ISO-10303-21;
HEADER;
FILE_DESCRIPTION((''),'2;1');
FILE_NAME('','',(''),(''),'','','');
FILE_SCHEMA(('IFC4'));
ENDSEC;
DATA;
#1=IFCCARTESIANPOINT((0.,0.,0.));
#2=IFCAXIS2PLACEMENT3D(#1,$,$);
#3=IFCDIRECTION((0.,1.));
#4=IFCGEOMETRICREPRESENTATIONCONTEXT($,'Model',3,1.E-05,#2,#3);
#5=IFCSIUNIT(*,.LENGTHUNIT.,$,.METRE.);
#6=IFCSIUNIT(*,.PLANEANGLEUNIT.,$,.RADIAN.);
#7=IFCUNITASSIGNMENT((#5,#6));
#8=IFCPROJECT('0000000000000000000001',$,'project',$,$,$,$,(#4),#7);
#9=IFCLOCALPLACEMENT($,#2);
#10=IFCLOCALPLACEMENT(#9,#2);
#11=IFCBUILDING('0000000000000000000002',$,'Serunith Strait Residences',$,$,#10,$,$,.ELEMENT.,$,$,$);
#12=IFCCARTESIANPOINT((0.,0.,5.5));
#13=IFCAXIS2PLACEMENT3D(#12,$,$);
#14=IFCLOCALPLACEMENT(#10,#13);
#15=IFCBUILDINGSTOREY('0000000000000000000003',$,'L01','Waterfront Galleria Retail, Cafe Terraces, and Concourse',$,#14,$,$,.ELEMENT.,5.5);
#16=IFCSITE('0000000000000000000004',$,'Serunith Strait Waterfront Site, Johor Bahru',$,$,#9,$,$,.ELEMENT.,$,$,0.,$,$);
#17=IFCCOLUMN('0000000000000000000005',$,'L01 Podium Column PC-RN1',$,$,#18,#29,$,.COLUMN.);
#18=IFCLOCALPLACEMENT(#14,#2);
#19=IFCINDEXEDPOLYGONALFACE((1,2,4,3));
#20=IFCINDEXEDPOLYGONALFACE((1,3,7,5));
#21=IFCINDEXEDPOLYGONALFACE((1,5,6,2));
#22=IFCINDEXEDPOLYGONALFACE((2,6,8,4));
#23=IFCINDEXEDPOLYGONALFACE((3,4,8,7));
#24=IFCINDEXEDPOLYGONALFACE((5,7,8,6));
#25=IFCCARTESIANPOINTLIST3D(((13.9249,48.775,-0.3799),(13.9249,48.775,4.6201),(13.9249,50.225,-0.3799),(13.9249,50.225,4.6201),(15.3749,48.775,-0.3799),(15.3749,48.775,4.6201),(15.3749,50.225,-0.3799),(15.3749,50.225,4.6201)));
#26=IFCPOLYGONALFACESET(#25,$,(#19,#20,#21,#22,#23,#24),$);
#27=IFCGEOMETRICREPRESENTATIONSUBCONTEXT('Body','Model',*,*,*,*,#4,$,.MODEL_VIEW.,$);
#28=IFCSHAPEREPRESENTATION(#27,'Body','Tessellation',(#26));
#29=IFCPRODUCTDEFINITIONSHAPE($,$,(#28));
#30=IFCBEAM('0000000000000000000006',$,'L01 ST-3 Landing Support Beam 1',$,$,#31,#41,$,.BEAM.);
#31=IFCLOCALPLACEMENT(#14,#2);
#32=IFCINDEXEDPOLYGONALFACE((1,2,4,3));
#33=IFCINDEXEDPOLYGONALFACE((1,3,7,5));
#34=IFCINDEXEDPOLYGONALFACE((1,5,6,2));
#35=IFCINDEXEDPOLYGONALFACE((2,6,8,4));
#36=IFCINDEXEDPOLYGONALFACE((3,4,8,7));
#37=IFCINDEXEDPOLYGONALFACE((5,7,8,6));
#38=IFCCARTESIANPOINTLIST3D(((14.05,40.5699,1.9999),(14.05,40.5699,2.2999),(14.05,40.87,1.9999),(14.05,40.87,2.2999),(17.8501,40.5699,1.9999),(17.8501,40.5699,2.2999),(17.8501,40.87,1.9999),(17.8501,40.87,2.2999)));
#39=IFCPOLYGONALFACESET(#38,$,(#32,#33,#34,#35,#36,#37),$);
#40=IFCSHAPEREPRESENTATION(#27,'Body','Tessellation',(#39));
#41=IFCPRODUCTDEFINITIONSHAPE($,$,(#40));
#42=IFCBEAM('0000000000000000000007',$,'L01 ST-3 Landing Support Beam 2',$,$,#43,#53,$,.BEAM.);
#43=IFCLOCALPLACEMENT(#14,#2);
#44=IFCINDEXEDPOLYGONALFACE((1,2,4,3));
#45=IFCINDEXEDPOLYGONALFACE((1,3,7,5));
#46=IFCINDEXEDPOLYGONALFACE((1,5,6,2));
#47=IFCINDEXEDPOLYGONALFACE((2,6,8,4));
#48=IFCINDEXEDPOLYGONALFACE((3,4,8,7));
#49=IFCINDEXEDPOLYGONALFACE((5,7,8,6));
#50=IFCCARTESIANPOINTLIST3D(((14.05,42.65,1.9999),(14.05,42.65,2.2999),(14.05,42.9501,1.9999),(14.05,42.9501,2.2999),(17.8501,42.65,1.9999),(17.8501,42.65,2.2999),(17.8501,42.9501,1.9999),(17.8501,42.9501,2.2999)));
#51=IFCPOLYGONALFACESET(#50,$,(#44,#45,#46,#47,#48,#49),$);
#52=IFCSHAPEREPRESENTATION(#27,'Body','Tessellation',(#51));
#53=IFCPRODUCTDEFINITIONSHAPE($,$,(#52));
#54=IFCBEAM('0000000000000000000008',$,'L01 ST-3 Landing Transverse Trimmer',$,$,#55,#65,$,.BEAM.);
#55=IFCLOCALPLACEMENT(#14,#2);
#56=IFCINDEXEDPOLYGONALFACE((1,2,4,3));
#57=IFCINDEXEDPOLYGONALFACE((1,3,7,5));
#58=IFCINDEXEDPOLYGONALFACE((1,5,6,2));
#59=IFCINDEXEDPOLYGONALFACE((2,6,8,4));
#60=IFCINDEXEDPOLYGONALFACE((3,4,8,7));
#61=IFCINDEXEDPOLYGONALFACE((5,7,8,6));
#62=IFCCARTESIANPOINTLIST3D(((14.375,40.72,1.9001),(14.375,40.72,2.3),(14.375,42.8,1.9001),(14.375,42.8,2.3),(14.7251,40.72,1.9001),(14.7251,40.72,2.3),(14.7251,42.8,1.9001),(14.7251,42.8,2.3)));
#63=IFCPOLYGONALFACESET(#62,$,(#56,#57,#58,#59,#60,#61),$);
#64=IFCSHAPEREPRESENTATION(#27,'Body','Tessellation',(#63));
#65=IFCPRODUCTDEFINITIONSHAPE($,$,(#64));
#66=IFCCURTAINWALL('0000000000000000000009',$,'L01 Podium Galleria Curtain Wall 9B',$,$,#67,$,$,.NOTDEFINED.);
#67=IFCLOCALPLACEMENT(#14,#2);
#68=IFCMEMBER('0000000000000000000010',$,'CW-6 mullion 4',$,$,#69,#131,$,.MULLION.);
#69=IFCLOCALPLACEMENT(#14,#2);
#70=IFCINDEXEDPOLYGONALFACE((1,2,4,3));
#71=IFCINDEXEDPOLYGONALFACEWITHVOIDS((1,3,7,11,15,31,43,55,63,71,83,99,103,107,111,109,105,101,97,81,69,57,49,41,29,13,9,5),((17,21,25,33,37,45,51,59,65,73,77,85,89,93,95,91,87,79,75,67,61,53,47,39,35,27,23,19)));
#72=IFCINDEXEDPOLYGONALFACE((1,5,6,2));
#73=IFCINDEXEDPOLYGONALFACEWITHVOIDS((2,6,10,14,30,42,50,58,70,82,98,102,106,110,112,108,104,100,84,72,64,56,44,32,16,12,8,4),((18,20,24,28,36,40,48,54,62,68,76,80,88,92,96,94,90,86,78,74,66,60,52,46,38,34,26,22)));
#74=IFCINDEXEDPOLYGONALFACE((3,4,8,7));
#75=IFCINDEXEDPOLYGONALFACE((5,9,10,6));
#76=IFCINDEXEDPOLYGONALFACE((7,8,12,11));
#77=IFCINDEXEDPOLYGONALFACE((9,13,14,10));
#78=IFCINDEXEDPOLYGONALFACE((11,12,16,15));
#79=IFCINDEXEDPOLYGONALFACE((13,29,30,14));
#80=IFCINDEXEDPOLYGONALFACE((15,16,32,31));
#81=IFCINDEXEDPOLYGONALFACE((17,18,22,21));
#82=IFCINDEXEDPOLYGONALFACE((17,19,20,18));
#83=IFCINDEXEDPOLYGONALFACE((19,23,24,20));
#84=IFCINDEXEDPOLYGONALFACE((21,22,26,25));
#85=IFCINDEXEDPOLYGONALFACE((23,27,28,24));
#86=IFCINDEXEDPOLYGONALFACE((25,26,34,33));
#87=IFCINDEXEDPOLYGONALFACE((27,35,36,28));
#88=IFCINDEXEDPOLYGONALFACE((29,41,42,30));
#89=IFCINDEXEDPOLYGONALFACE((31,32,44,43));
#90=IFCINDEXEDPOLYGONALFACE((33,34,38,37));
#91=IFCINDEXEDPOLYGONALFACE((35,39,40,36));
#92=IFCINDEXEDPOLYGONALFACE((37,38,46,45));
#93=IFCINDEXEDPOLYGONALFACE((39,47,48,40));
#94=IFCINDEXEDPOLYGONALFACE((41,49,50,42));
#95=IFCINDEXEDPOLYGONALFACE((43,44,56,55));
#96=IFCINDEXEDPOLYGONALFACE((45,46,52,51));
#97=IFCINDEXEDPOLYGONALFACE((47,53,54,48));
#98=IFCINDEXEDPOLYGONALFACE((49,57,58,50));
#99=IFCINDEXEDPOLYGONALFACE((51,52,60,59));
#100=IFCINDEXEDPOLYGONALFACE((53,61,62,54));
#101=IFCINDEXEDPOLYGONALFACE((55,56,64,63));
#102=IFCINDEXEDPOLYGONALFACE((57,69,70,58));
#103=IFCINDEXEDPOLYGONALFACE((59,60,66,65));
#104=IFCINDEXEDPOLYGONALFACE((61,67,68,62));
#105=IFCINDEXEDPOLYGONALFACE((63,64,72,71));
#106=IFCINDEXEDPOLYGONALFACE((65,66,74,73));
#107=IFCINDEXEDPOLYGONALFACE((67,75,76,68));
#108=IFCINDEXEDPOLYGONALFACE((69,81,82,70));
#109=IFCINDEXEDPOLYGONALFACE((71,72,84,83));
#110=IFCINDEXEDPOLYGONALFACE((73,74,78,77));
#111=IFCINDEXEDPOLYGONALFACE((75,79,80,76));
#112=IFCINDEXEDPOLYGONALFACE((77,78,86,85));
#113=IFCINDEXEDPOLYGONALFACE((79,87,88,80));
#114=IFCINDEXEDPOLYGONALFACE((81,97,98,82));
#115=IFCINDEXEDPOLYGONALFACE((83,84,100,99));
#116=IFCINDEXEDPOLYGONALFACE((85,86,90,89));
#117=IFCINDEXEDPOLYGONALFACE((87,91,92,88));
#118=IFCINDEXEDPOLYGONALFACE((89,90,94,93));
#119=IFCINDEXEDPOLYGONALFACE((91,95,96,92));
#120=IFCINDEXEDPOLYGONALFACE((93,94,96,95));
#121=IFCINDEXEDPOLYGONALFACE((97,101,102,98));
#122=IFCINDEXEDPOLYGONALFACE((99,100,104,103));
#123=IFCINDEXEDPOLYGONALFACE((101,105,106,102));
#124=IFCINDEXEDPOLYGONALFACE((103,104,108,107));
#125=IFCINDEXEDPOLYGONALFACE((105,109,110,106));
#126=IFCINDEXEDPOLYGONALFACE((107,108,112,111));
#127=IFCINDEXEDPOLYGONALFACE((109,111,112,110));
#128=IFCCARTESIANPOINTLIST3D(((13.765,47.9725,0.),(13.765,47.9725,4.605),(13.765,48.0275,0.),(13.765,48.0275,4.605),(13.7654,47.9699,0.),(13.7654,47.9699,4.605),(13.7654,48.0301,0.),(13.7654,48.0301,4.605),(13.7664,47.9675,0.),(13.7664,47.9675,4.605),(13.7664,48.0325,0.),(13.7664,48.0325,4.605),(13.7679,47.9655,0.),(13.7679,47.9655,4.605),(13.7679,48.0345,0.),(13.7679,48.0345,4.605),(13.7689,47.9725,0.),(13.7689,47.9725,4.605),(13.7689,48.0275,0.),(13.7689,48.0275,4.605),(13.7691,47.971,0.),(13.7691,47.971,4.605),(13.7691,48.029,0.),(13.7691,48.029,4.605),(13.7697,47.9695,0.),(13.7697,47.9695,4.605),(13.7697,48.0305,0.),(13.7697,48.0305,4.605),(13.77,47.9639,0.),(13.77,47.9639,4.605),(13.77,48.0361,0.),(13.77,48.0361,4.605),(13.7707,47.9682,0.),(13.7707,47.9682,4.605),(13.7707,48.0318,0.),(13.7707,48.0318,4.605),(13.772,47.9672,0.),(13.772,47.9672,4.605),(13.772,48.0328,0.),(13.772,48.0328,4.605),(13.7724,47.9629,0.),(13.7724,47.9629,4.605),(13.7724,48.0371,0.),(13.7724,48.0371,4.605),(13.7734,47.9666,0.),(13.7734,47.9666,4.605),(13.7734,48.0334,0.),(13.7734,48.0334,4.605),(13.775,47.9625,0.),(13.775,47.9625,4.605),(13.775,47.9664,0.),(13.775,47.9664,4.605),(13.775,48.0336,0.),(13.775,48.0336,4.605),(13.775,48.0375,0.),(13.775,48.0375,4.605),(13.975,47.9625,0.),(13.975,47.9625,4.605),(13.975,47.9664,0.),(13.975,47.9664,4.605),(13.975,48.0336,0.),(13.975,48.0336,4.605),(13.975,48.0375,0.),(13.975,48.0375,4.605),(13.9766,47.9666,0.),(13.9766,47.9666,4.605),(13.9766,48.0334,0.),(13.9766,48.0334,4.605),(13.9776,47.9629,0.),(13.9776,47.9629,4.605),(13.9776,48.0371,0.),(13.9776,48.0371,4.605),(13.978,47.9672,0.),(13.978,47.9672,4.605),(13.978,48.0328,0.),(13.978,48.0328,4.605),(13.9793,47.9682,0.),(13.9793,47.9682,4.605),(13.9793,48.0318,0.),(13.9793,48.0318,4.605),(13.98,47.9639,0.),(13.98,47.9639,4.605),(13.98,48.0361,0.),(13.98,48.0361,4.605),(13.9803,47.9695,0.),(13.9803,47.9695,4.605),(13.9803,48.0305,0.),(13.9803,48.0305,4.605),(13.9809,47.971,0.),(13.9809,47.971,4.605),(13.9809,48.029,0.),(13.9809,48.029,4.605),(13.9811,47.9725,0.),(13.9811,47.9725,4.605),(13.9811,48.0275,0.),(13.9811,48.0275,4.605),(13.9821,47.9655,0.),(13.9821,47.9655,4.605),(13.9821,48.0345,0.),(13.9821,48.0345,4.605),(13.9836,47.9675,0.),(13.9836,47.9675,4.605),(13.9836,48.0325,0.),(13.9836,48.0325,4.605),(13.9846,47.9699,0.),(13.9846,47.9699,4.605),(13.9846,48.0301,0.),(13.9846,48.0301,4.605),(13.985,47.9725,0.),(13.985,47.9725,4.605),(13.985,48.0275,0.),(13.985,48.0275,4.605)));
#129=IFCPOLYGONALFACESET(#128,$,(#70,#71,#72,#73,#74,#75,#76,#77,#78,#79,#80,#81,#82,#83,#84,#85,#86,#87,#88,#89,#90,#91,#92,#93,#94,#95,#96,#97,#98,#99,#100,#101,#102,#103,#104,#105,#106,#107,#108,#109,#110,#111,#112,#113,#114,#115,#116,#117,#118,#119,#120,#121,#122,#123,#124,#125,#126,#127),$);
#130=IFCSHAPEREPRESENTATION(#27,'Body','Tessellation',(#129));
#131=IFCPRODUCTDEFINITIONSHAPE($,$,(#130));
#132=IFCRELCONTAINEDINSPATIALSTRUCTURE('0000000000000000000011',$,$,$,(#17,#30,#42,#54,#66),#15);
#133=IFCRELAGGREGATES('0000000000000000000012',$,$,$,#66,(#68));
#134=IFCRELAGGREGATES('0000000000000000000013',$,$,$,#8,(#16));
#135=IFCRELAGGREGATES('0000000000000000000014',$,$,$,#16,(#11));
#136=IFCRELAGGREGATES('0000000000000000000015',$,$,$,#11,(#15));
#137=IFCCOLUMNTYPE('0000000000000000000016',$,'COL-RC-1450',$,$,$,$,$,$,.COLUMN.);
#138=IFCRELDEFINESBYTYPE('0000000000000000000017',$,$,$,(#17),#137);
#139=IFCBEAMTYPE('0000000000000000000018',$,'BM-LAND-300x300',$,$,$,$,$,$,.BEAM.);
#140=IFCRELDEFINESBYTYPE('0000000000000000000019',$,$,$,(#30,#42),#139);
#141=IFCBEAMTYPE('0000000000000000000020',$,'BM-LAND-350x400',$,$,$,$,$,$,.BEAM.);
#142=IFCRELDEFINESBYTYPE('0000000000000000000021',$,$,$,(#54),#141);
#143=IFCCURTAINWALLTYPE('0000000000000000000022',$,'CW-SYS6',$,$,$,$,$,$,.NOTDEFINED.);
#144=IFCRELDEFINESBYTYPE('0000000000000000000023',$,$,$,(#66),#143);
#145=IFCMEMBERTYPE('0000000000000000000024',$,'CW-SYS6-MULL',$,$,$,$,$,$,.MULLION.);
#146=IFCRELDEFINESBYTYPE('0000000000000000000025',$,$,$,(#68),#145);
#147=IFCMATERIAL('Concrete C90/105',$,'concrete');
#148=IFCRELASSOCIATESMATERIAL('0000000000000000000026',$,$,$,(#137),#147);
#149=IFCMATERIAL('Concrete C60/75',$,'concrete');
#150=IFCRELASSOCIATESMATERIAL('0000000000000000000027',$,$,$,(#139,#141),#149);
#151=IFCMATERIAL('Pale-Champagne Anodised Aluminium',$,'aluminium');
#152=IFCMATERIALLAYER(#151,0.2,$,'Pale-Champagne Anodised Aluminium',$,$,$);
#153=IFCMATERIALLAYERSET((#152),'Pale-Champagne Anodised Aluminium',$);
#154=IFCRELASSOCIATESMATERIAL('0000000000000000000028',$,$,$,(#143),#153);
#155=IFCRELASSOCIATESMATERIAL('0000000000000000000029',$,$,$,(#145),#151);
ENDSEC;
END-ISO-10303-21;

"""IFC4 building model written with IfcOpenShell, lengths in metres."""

from ifc_helpers import new_model, si_unit, direction, frame, origin, origin_2d, place, context, subcontext, project, spatial, rectangle, hollow_rectangle, extrude, source, transform, mapped, material, layer, layer_set, material_profile, profile_set, type_object, element, aggregate, save


model = new_model("IFC4")

# Units and contexts
model_context = context("Model", 3, precision=1e-05, world=origin(), true_north=direction((0.0, 1.0)))
body_context = subcontext(model_context, "Body", "Model", "MODEL_VIEW")
ifc_project = project(units=[si_unit("LENGTHUNIT", "METRE"), si_unit("PLANEANGLEUNIT", "RADIAN")], contexts=[model_context])

# Site, building, storey
site_placement = place(None, origin())
site = spatial("IfcSite", under=ifc_project, at=site_placement, Name="Serunith Strait Waterfront Site, Johor Bahru", CompositionType="ELEMENT", RefElevation=0.0)
building_placement = place(site_placement, origin())
building = spatial("IfcBuilding", under=site, at=building_placement, Name="Serunith Strait Residences", CompositionType="ELEMENT")
storey_placement = place(building_placement, frame((0.0, 0.0, 5.5)))
storey = spatial("IfcBuildingStorey", under=building, at=storey_placement, Name="L01", Description="Waterfront Galleria Retail, Cafe Terraces, and Concourse", CompositionType="ELEMENT", Elevation=5.5)

# Column
ifc_material_1 = material(Name="Concrete C90/105", Category="concrete")
ifc_material_profile_1 = material_profile(ifc_material_1, rectangle(XDim=1.45, YDim=1.45, at=origin_2d()), Name="RC 1450x1450")
ifc_profile_set_1 = profile_set([ifc_material_profile_1], Name="Concrete C90/105")
column_type = type_object("IfcColumnType", Name="COL-RC-1450", PredefinedType="COLUMN", material=ifc_profile_set_1)
shared_shape_1 = source(origin(), body_context, "Body", "SweptSolid", [
    extrude(rectangle(XDim=1.45, YDim=1.45, at=origin_2d()), origin(), (0.0, 0.0, 1.0), 5.0),
])
column_placement = place(storey_placement, frame((14.6499, 49.5, -0.3799), z_axis=(0.0, 0.0, 1.0), x_axis=(1.0, 0.0, 0.0)))
element("IfcColumn", 1, at=column_placement, inside=storey, type_object=column_type, Name="L01 Podium Column PC-RN1", PredefinedType="COLUMN", context=body_context, shape_type="MappedRepresentation", body=[
    mapped(shared_shape_1, transform((0.0, 0.0, 0.0), scale=1.0)),
])

# Beams
ifc_material_2 = material(Name="Concrete C60/75", Category="concrete")
ifc_material_profile_2 = material_profile(ifc_material_2, rectangle(XDim=0.3, YDim=0.3, at=origin_2d()), Name="RC 300x300")
ifc_profile_set_2 = profile_set([ifc_material_profile_2], Name="Concrete C60/75")
beam_type_1 = type_object("IfcBeamType", Name="BM-LAND-300x300", PredefinedType="BEAM", material=ifc_profile_set_2)
shared_shape_2 = source(origin(), body_context, "Body", "SweptSolid", [
    extrude(rectangle(XDim=0.3, YDim=0.3, at=origin_2d()), origin(), (0.0, 0.0, 1.0), 3.8),
])
for number, where, z_axis, x_axis, name in (
    (2, (14.05, 40.72, 2.1499), (1.0, 0.0, 0.0), (0.0, 1.0, 0.0), "L01 ST-3 Landing Support Beam 1"),
    (3, (14.05, 42.8, 2.1499), (1.0, 0.0, 0.0), (0.0, 1.0, 0.0), "L01 ST-3 Landing Support Beam 2"),
):
    element("IfcBeam", number, at=place(storey_placement, frame(where, z_axis=z_axis, x_axis=x_axis)), inside=storey, type_object=beam_type_1, Name=name, PredefinedType="BEAM", context=body_context, shape_type="MappedRepresentation", body=[
        mapped(shared_shape_2, transform((0.0, 0.0, 0.0), scale=1.0)),
    ])
ifc_material_profile_3 = material_profile(ifc_material_2, rectangle(XDim=0.3501, YDim=0.3999, at=origin_2d()), Name="RC 350x400")
ifc_profile_set_3 = profile_set([ifc_material_profile_3], Name="Concrete C60/75")
beam_type_2 = type_object("IfcBeamType", Name="BM-LAND-350x400", PredefinedType="BEAM", material=ifc_profile_set_3)
shared_shape_3 = source(origin(), body_context, "Body", "SweptSolid", [
    extrude(rectangle(XDim=0.3501, YDim=0.3999, at=origin_2d()), origin(), (0.0, 0.0, 1.0), 2.0801),
])
beam_placement = place(storey_placement, frame((14.55, 40.72, 2.1001), z_axis=(0.0, 1.0, 0.0), x_axis=(-1.0, 0.0, 0.0)))
element("IfcBeam", 4, at=beam_placement, inside=storey, type_object=beam_type_2, Name="L01 ST-3 Landing Transverse Trimmer", PredefinedType="BEAM", context=body_context, shape_type="MappedRepresentation", body=[
    mapped(shared_shape_3, transform((0.0, 0.0, 0.0), scale=1.0)),
])

# Curtain wall, member
ifc_material_3 = material(Name="Pale-Champagne Anodised Aluminium", Category="aluminium")
ifc_layer_1 = layer(ifc_material_3, 0.2, Name="Pale-Champagne Anodised Aluminium")
ifc_layer_set_1 = layer_set([ifc_layer_1], Name="Pale-Champagne Anodised Aluminium")
curtain_wall_type = type_object("IfcCurtainWallType", Name="CW-SYS6", PredefinedType="NOTDEFINED", material=ifc_layer_set_1)
curtain_wall_placement = place(storey_placement, origin())
curtain_wall = element("IfcCurtainWall", 5, at=curtain_wall_placement, inside=storey, type_object=curtain_wall_type, Name="L01 Podium Galleria Curtain Wall 9B", PredefinedType="NOTDEFINED")
ifc_material_profile_4 = material_profile(ifc_material_3, hollow_rectangle(XDim=0.075, YDim=0.22, WallThickness=0.0039, InnerFilletRadius=0.0061, OuterFilletRadius=0.01, at=origin_2d()), Name="ALU 220x75x4")
ifc_profile_set_4 = profile_set([ifc_material_profile_4], Name="Pale-Champagne Anodised Aluminium")
member_type_1 = type_object("IfcMemberType", Name="CW-SYS6-MULL", PredefinedType="MULLION", material=ifc_profile_set_4)
shared_shape_4 = source(origin(), body_context, "Body", "SweptSolid", [
    extrude(hollow_rectangle(XDim=0.075, YDim=0.22, WallThickness=0.0039, InnerFilletRadius=0.0061, OuterFilletRadius=0.01, at=origin_2d()), origin(), (0.0, 0.0, 1.0), 4.605),
])
member_1_placement = place(storey_placement, frame((13.875, 48.0, 0.0), z_axis=(0.0, 0.0, 1.0), x_axis=(0.0, -1.0, 0.0)))
member_1 = element("IfcMember", 6, at=member_1_placement, type_object=member_type_1, Name="CW-6 mullion 4", PredefinedType="MULLION", context=body_context, shape_type="MappedRepresentation", body=[
    mapped(shared_shape_4, transform((0.0, 0.0, 0.0), scale=1.0)),
])
aggregate(curtain_wall, [member_1])

save(model, "model.ifc")
